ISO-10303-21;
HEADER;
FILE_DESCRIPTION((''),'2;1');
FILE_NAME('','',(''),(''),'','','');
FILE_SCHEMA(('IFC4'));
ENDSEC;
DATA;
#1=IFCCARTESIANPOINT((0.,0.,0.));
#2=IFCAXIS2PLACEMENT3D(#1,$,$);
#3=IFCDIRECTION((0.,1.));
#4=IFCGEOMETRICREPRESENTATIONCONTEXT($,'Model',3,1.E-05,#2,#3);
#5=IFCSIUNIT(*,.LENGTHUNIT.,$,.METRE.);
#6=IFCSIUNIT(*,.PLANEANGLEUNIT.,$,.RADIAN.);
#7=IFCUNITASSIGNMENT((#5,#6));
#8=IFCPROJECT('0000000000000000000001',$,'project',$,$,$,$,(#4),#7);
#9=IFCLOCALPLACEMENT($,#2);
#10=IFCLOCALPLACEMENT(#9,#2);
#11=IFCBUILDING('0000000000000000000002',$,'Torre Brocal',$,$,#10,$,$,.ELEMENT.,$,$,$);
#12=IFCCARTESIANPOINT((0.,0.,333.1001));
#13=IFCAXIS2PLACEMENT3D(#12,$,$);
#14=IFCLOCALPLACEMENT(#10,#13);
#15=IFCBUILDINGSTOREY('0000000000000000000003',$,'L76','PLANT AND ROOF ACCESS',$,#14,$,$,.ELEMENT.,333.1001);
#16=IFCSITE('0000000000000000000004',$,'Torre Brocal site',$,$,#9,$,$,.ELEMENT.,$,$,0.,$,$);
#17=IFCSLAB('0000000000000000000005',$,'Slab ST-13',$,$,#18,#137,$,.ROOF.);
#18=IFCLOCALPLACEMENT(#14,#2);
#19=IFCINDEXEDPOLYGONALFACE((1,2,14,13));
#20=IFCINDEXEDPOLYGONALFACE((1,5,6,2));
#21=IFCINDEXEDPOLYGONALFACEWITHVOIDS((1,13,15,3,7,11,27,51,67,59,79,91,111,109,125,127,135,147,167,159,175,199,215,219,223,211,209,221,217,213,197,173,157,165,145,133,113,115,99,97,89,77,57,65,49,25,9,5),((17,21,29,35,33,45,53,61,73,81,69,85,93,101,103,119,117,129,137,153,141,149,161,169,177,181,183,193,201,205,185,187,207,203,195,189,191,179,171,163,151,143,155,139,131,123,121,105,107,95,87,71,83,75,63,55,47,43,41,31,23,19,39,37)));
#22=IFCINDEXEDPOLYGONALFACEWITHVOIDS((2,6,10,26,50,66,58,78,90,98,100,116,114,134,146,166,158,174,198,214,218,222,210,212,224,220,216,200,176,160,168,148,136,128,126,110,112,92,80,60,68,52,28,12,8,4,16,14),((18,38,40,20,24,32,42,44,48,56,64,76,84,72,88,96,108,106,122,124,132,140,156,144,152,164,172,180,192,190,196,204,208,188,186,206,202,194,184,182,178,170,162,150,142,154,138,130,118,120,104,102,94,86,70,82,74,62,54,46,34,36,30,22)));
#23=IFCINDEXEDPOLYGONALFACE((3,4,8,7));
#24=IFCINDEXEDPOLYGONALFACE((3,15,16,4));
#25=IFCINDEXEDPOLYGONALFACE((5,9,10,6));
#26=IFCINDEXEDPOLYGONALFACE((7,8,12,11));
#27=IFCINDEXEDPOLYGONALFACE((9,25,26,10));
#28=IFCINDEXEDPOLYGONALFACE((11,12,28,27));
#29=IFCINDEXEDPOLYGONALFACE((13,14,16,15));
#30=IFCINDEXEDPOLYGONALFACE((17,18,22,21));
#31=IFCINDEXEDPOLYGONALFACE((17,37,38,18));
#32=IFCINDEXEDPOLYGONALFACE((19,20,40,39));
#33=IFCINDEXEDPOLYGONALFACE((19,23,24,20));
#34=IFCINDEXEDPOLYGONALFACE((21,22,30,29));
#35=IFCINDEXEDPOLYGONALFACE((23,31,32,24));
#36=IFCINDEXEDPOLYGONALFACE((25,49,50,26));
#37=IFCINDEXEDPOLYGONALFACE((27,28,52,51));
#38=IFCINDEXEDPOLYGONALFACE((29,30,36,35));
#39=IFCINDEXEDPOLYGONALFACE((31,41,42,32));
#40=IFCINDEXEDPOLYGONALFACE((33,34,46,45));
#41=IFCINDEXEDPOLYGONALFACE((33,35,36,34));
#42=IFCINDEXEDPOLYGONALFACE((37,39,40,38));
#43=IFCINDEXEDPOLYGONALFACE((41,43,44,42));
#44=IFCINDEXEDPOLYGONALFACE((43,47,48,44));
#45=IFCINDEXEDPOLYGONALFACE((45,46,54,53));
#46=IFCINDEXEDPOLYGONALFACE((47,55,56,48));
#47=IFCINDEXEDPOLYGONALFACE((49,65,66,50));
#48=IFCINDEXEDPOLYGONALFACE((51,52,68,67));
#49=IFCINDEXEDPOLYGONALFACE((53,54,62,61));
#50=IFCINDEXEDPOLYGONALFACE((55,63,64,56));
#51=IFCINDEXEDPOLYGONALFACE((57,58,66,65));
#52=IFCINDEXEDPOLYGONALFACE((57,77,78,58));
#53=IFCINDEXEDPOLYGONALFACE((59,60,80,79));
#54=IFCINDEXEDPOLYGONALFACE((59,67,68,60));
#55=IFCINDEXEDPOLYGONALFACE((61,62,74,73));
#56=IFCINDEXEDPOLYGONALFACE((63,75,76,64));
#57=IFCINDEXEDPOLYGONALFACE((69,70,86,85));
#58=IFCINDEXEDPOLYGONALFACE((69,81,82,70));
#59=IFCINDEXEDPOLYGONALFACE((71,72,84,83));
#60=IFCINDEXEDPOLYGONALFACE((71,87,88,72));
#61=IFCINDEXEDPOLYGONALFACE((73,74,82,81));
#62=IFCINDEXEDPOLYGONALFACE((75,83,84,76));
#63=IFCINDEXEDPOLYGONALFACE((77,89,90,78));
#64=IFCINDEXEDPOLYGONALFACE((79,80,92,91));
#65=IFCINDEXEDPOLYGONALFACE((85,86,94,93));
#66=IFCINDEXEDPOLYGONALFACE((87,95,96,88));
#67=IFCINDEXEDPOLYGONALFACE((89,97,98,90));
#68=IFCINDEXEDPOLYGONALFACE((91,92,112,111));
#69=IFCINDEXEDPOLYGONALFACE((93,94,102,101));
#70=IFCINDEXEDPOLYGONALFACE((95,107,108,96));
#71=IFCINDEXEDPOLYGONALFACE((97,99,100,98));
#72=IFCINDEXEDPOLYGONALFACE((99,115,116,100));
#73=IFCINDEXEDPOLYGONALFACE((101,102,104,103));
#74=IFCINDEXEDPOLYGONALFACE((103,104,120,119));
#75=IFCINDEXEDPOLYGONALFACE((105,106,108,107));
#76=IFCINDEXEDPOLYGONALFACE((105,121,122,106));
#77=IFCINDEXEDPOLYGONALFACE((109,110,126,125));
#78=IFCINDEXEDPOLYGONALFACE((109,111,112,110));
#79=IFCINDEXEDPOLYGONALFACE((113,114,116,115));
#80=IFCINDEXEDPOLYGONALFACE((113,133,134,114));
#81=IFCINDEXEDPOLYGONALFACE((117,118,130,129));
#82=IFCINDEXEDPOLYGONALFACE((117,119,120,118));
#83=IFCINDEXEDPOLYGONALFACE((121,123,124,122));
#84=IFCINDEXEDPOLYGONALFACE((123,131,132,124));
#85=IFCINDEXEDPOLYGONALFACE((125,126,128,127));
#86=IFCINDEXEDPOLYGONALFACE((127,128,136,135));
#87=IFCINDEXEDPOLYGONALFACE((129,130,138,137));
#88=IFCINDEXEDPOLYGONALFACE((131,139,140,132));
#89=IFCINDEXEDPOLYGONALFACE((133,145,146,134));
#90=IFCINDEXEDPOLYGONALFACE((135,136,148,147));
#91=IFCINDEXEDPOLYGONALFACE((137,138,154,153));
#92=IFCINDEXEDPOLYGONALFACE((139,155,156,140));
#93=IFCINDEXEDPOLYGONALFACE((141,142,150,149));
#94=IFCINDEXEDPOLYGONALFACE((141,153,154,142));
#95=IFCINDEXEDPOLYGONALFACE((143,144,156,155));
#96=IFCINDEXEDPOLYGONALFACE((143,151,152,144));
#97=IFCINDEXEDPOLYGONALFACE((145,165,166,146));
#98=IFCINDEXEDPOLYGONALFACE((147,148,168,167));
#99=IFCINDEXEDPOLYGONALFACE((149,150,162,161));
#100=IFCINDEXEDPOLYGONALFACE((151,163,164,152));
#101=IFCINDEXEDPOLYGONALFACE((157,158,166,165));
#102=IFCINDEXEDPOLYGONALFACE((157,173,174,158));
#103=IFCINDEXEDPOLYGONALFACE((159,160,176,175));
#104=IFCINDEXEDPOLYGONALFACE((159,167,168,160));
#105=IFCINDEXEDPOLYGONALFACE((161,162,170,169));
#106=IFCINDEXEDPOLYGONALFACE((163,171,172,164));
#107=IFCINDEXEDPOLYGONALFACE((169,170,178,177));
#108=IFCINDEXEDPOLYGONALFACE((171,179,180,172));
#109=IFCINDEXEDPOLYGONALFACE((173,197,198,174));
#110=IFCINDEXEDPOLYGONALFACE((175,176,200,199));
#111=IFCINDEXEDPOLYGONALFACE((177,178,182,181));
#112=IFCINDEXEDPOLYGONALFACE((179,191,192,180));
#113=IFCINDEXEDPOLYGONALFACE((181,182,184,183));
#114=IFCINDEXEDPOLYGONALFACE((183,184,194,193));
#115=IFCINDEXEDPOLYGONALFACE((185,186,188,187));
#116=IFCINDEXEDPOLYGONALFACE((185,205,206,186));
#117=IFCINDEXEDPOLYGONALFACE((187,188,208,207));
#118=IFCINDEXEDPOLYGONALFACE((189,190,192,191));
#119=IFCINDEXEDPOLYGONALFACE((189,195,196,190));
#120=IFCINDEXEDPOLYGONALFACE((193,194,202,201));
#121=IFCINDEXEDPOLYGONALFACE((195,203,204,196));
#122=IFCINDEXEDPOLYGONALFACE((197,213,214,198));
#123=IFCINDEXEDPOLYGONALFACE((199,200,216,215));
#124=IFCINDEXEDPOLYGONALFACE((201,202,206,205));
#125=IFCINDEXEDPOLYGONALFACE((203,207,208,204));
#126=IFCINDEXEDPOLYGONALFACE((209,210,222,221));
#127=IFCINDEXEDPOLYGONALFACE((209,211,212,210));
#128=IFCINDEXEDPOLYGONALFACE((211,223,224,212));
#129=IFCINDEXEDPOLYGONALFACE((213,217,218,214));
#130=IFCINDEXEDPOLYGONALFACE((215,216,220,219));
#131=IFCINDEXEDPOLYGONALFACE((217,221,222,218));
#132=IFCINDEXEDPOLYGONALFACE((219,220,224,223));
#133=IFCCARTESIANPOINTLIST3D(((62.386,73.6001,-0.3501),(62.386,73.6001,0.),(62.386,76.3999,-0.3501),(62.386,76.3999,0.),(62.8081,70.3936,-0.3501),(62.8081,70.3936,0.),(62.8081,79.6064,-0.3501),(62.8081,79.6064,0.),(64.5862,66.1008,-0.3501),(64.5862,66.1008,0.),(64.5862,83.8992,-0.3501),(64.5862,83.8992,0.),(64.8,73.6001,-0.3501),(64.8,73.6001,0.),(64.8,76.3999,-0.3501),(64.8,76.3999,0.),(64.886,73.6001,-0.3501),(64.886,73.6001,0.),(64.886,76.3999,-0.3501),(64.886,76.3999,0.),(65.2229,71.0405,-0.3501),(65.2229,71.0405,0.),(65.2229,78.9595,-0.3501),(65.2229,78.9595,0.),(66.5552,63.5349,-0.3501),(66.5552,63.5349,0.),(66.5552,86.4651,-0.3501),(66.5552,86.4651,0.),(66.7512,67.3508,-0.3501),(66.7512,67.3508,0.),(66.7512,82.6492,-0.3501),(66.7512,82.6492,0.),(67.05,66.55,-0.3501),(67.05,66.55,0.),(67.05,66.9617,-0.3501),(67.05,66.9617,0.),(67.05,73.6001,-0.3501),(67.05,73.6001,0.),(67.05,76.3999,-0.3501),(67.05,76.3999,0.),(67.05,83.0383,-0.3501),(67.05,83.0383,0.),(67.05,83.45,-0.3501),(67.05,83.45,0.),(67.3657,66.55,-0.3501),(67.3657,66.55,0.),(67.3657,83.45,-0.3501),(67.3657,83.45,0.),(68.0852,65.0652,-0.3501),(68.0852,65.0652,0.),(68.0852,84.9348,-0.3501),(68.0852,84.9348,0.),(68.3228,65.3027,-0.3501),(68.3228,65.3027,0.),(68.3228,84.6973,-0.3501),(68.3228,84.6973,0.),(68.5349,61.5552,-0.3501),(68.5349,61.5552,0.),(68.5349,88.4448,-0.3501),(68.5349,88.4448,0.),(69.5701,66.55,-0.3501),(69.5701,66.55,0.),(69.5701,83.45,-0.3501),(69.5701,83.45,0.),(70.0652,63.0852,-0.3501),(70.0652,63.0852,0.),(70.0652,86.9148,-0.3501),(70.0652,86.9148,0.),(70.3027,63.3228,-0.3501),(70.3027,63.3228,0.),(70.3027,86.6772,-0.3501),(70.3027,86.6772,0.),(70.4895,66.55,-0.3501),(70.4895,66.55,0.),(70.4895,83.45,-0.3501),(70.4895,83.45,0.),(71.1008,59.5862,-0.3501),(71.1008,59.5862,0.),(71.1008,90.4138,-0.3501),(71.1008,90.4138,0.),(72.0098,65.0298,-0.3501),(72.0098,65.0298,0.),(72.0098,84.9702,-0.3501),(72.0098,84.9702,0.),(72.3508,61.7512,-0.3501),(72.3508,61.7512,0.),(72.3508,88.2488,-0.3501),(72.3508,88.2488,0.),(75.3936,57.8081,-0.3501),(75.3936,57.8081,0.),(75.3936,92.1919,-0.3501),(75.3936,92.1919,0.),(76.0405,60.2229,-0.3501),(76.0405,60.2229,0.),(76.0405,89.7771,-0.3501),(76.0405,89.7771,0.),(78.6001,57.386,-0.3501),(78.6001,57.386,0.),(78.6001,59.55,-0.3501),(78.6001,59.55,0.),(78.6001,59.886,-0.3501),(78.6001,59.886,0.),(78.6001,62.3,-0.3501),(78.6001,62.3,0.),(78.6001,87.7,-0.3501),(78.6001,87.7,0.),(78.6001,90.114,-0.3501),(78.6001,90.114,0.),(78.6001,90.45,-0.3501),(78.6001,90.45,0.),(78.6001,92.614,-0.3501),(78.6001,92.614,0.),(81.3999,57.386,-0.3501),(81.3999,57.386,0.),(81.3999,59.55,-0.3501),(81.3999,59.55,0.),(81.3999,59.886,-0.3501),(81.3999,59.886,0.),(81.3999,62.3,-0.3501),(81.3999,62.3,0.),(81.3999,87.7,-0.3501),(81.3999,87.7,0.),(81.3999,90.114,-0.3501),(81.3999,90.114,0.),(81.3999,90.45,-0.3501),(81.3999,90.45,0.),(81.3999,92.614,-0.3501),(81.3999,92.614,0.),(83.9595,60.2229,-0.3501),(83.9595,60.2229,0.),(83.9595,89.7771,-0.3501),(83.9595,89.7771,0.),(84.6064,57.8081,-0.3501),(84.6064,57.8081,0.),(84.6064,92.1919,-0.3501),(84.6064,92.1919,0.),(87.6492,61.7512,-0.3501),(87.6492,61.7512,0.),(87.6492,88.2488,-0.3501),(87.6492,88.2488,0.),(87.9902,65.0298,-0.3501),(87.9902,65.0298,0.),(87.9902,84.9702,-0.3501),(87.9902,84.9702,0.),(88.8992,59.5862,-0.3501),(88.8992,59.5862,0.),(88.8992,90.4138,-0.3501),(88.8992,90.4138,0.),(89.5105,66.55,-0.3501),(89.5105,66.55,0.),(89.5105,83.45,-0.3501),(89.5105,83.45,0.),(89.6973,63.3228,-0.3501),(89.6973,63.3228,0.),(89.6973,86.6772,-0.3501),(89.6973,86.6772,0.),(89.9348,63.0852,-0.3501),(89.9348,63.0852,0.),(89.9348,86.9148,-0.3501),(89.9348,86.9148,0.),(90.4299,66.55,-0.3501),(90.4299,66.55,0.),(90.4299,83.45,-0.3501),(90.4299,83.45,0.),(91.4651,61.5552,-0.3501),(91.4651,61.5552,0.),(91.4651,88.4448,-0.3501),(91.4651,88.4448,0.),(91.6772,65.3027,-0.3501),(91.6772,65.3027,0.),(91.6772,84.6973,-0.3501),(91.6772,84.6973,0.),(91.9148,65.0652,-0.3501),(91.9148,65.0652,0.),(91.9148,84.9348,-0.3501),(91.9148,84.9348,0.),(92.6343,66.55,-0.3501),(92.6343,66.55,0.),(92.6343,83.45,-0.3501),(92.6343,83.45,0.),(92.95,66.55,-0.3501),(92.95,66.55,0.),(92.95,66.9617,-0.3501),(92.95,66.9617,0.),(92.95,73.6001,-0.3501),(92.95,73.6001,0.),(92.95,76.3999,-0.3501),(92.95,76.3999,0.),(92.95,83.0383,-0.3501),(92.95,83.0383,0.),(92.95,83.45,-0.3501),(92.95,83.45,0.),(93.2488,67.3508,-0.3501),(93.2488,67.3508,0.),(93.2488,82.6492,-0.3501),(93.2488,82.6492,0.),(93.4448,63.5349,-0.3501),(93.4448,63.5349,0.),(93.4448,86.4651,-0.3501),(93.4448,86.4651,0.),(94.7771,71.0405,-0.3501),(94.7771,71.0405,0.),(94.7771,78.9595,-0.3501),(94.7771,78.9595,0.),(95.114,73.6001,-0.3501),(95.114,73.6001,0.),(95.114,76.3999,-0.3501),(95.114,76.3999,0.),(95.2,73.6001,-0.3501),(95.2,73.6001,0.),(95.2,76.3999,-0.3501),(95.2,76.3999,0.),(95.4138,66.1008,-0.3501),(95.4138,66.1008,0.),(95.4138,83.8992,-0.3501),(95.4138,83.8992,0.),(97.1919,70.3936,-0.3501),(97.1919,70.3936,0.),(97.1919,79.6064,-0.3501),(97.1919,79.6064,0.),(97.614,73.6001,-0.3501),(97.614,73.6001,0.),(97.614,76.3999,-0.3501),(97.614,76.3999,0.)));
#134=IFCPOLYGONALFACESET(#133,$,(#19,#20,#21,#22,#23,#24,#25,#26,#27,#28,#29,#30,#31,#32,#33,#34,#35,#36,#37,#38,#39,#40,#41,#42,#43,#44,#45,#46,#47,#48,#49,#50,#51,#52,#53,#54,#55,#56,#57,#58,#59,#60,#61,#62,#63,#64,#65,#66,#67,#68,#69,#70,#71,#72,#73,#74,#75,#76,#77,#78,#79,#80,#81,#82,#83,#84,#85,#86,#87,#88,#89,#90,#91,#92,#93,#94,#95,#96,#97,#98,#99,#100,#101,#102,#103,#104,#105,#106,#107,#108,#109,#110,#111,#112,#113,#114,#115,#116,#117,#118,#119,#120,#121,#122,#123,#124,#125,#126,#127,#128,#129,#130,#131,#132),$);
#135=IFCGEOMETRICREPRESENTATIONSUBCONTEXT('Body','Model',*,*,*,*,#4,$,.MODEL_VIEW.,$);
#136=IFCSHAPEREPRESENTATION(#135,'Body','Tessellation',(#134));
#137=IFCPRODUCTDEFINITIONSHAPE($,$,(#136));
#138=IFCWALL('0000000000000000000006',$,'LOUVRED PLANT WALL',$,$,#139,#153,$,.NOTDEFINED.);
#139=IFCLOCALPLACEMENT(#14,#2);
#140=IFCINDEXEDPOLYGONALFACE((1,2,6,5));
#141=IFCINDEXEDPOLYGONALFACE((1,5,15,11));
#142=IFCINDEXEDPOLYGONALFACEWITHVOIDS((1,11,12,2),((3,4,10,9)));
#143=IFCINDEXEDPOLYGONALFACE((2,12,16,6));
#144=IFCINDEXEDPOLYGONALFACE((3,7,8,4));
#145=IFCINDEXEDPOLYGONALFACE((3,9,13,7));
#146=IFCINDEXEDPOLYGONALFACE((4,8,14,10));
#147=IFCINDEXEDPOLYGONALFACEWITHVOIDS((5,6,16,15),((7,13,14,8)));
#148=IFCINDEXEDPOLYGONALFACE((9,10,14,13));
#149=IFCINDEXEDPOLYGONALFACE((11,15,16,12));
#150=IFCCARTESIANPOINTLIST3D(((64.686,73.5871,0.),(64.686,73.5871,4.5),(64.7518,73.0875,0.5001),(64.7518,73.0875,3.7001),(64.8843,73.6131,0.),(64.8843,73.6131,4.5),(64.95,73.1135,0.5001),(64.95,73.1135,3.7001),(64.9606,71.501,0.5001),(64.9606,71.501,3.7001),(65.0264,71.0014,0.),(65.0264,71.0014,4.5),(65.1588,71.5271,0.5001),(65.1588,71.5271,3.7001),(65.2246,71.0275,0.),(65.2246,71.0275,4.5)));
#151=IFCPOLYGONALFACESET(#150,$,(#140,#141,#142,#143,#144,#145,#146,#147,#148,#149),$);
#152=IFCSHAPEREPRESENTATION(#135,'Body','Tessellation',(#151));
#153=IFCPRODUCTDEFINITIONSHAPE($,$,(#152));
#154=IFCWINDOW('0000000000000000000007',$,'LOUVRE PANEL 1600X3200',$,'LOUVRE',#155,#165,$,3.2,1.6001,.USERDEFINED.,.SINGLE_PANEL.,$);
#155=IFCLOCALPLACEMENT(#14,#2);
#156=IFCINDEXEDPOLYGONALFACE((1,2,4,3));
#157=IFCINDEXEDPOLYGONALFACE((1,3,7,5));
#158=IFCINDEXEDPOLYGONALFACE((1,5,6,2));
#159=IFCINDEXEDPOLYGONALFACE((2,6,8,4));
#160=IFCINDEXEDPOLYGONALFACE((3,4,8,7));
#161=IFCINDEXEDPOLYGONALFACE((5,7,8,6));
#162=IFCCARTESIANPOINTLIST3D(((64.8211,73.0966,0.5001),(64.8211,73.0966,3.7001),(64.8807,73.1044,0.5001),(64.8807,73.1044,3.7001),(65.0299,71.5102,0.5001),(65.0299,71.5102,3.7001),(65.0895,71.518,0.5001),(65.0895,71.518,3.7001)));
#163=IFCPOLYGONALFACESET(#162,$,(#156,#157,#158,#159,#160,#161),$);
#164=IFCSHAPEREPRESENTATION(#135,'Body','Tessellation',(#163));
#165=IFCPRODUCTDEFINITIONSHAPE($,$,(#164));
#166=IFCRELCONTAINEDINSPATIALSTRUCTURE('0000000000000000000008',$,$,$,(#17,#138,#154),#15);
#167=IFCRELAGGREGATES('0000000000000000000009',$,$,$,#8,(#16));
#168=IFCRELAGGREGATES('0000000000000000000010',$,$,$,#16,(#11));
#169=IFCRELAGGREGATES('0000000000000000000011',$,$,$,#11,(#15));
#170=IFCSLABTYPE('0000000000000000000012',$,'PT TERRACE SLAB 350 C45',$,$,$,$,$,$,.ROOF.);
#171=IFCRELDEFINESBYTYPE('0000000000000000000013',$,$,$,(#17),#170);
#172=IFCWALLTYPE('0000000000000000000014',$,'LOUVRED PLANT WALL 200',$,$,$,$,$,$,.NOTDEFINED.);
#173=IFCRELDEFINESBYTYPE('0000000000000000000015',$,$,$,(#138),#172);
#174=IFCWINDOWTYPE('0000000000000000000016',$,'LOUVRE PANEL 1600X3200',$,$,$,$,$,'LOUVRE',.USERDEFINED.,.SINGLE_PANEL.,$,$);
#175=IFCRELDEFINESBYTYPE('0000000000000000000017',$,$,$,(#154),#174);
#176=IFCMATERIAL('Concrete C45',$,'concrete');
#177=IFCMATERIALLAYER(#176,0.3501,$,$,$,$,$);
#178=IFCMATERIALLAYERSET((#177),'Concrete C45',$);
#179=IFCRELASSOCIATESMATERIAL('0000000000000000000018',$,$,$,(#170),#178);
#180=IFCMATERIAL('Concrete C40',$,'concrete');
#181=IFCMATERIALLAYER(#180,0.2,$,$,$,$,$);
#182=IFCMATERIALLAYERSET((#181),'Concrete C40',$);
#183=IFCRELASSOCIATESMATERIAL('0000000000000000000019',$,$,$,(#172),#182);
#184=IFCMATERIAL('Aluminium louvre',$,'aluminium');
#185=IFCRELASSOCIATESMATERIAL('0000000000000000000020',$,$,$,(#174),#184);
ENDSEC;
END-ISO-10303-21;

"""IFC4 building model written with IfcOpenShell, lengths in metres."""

from ifc_helpers import new_model, si_unit, direction, frame, frame_2d, origin, place, context, subcontext, project, spatial, polyline, rectangle, outline, extrude, material, layer, layer_set, type_object, element, fill, save


model = new_model("IFC4")

# Units and contexts
model_context = context("Model", 3, precision=1e-05, world=origin(), true_north=direction((0.0, 1.0)))
body_context = subcontext(model_context, "Body", "Model", "MODEL_VIEW")
ifc_project = project(units=[si_unit("LENGTHUNIT", "METRE"), si_unit("PLANEANGLEUNIT", "RADIAN")], contexts=[model_context])

# Site, building, storey
site_placement = place(None, origin())
site = spatial("IfcSite", under=ifc_project, at=site_placement, Name="Torre Brocal site", CompositionType="ELEMENT", RefElevation=0.0)
building_placement = place(site_placement, origin())
building = spatial("IfcBuilding", under=site, at=building_placement, Name="Torre Brocal", CompositionType="ELEMENT")
storey_placement = place(building_placement, frame((0.0, 0.0, 333.1001)))
storey = spatial("IfcBuildingStorey", under=building, at=storey_placement, Name="L76", Description="PLANT AND ROOF ACCESS", CompositionType="ELEMENT", Elevation=333.1001)

# Slab
ifc_material_1 = material(Name="Concrete C45", Category="concrete")
ifc_layer_1 = layer(ifc_material_1, 0.3501)
ifc_layer_set_1 = layer_set([ifc_layer_1], Name="Concrete C45")
slab_type_1 = type_object("IfcSlabType", Name="PT TERRACE SLAB 350 C45", PredefinedType="ROOF", material=ifc_layer_set_1)
slab_1_placement = place(storey_placement, frame((0.0, 0.0, -0.3501)))
element("IfcSlab", 1, at=slab_1_placement, inside=storey, type_object=slab_type_1, Name="Slab ST-13", PredefinedType="ROOF", context=body_context, shape_type="SweptSolid", body=[
    extrude(outline(polyline([(95.2, 76.3999), (95.2, 73.6001), (97.614, 73.6001), (97.1919, 70.3936), (95.4138, 66.1008), (93.4448, 63.5349), (91.9148, 65.0652), (89.9348, 63.0852), (91.4651, 61.5552), (88.8992, 59.5862), (84.6064, 57.8081), (81.3999, 57.386), (81.3999, 59.55), (78.6001, 59.55), (78.6001, 57.386), (75.3936, 57.8081), (71.1008, 59.5862), (68.5349, 61.5552), (70.0652, 63.0852), (68.0852, 65.0652), (66.5552, 63.5349), (64.5862, 66.1008), (62.8081, 70.3936), (62.386, 73.6001), (64.8, 73.6001), (64.8, 76.3999), (62.386, 76.3999), (62.8081, 79.6064), (64.5862, 83.8992), (66.5552, 86.4651), (68.0852, 84.9348), (70.0652, 86.9148), (68.5349, 88.4448), (71.1008, 90.4138), (75.3936, 92.1919), (78.6001, 92.614), (78.6001, 90.45), (81.3999, 90.45), (81.3999, 92.614), (84.6064, 92.1919), (88.8992, 90.4138), (91.4651, 88.4448), (89.9348, 86.9148), (91.9148, 84.9348), (93.4448, 86.4651), (95.4138, 83.8992), (97.1919, 79.6064), (97.614, 76.3999), (95.2, 76.3999)]), holes=[polyline([(89.5105, 83.45), (87.9902, 84.9702), (89.6973, 86.6772), (87.6492, 88.2488), (83.9595, 89.7771), (81.3999, 90.114), (81.3999, 87.7), (78.6001, 87.7), (78.6001, 90.114), (76.0405, 89.7771), (72.3508, 88.2488), (70.3027, 86.6772), (72.0098, 84.9702), (70.4895, 83.45), (69.5701, 83.45), (68.3228, 84.6973), (67.3657, 83.45), (67.05, 83.45), (67.05, 83.0383), (66.7512, 82.6492), (65.2229, 78.9595), (64.886, 76.3999), (67.05, 76.3999), (67.05, 73.6001), (64.886, 73.6001), (65.2229, 71.0405), (66.7512, 67.3508), (67.05, 66.9617), (67.05, 66.55), (67.3657, 66.55), (68.3228, 65.3027), (69.5701, 66.55), (70.4895, 66.55), (72.0098, 65.0298), (70.3027, 63.3228), (72.3508, 61.7512), (76.0405, 60.2229), (78.6001, 59.886), (78.6001, 62.3), (81.3999, 62.3), (81.3999, 59.886), (83.9595, 60.2229), (87.6492, 61.7512), (89.6973, 63.3228), (87.9902, 65.0298), (89.5105, 66.55), (90.4299, 66.55), (91.6772, 65.3027), (92.6343, 66.55), (92.95, 66.55), (92.95, 66.9617), (93.2488, 67.3508), (94.7771, 71.0405), (95.114, 73.6001), (92.95, 73.6001), (92.95, 76.3999), (95.114, 76.3999), (94.7771, 78.9595), (93.2488, 82.6492), (92.95, 83.0383), (92.95, 83.45), (92.6343, 83.45), (91.6772, 84.6973), (90.4299, 83.45), (89.5105, 83.45)])]), origin(), (0.0, 0.0, 1.0), 0.3501),
])

# Wall, opening, window
ifc_material_2 = material(Name="Concrete C40", Category="concrete")
ifc_layer_2 = layer(ifc_material_2, 0.2)
ifc_layer_set_2 = layer_set([ifc_layer_2], Name="Concrete C40")
wall_type_1 = type_object("IfcWallType", Name="LOUVRED PLANT WALL 200", PredefinedType="NOTDEFINED", material=ifc_layer_set_2)
wall_1_placement = place(storey_placement, frame((64.7852, 73.6001, 0.0), z_axis=(0.0, 0.0, 1.0), x_axis=(0.130496, -0.991449, 0.0)))
wall_1 = element("IfcWall", 2, at=wall_1_placement, inside=storey, type_object=wall_type_1, Name="LOUVRED PLANT WALL", PredefinedType="NOTDEFINED", context=body_context, shape_type="SweptSolid", body=[
    extrude(rectangle(XDim=2.6079, YDim=0.2, at=frame_2d((1.304, 0.0))), origin(), (0.0, 0.0, 1.0), 4.5),
])
opening_1_placement = place(wall_1_placement, frame((0.5039, 0.0, 0.5)))
opening_1 = element("IfcOpeningElement", 3, at=opening_1_placement, cuts=wall_1, PredefinedType="OPENING", context=body_context, shape_type="SweptSolid", body=[
    extrude(rectangle(XDim=1.6001, YDim=3.2, at=frame_2d((0.8, 1.6001))), frame((0.0, 0.1099, 0.0), z_axis=(0.0, -1.0, 0.0), x_axis=(1.0, 0.0, 0.0)), (0.0, 0.0, 1.0), 0.22),
])
ifc_material_3 = material(Name="Aluminium louvre", Category="aluminium")
window_type_1 = type_object("IfcWindowType", Name="LOUVRE PANEL 1600X3200", ElementType="LOUVRE", PartitioningType="SINGLE_PANEL", PredefinedType="USERDEFINED", material=ifc_material_3)
window_1_placement = place(opening_1_placement, origin())
window_1 = element("IfcWindow", 4, at=window_1_placement, inside=storey, type_object=window_type_1, Name="LOUVRE PANEL 1600X3200", ObjectType="LOUVRE", OverallHeight=3.2, OverallWidth=1.6001, PartitioningType="SINGLE_PANEL", PredefinedType="USERDEFINED", context=body_context, shape_type="SweptSolid", body=[
    extrude(rectangle(XDim=1.6001, YDim=3.2, at=frame_2d((0.8, 1.6001))), frame((0.0, 0.03, 0.0), z_axis=(0.0, -1.0, 0.0), x_axis=(1.0, 0.0, 0.0)), (0.0, 0.0, 1.0), 0.0601),
])
fill(opening_1, window_1)

save(model, "model.ifc")
